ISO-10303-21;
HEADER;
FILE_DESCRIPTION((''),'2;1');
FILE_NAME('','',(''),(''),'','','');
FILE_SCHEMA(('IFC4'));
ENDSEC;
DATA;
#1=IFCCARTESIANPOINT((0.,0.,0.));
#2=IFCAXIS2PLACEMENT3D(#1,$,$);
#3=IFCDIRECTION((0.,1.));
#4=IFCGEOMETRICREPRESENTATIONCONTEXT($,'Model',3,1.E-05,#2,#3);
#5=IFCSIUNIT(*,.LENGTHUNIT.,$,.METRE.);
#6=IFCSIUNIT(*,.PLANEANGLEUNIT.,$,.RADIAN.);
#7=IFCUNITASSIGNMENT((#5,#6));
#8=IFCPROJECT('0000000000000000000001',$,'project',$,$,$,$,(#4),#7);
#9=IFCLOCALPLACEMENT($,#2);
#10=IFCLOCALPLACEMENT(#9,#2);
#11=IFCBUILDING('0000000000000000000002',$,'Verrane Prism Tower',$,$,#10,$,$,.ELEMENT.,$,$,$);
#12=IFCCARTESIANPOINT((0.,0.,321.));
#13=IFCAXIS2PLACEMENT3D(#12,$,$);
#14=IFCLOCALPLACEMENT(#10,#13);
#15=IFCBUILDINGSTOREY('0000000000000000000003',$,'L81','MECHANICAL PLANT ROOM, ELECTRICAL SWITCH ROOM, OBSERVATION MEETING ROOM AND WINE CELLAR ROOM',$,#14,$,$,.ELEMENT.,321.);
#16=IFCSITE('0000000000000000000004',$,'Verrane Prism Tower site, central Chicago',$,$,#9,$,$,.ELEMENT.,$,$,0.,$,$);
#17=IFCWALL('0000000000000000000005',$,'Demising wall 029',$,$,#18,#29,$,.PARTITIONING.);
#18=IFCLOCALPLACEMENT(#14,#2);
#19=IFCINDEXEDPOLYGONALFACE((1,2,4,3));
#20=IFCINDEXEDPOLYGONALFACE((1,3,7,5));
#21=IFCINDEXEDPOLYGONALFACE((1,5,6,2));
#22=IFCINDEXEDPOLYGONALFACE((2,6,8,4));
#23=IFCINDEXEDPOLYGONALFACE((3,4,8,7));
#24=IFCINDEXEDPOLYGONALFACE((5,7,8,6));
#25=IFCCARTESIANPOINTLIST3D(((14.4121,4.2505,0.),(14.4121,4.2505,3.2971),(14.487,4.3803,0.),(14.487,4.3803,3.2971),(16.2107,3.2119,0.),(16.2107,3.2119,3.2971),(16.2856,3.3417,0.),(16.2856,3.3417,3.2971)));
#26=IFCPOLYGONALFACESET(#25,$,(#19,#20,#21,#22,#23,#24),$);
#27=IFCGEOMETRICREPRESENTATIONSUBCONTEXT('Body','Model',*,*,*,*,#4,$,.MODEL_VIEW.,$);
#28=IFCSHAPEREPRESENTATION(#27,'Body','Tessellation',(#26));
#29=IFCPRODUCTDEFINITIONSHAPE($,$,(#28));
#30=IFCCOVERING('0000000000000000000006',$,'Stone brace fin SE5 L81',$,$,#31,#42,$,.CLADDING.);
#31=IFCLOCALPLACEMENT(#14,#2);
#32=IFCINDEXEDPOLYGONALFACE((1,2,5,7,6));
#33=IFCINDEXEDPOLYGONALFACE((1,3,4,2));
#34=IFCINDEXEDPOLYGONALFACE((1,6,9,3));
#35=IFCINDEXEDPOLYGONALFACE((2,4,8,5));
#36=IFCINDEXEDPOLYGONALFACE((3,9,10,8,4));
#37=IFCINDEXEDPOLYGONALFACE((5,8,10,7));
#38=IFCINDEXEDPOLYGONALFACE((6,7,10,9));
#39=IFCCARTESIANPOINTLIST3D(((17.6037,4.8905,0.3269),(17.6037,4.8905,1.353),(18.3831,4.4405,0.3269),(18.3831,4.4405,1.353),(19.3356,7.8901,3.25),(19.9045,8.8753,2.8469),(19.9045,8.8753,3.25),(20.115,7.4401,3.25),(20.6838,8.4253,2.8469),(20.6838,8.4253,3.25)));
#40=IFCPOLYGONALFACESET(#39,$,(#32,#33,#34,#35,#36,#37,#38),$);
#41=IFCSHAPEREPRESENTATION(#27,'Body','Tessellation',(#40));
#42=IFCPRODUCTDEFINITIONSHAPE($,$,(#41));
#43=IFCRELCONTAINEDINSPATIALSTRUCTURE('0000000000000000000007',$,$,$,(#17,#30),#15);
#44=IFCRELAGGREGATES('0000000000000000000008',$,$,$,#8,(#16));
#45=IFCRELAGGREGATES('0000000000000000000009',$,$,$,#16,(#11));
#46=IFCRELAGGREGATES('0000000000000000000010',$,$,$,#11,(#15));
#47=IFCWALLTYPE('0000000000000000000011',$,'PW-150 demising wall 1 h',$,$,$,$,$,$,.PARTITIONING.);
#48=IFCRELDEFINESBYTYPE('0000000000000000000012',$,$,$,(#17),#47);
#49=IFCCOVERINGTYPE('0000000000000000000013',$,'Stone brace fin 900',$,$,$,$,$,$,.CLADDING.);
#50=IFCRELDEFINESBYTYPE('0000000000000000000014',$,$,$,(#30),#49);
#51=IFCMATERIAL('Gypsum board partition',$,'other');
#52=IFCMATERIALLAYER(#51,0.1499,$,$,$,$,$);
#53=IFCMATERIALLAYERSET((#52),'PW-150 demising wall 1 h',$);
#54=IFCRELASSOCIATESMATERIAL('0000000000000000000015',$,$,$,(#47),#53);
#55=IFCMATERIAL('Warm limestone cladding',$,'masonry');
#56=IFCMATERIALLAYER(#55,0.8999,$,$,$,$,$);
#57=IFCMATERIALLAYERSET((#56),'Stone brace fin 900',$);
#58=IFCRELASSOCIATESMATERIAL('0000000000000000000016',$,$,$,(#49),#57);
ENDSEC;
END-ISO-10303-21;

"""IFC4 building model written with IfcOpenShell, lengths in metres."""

from ifc_helpers import new_model, si_unit, direction, frame, frame_2d, origin, place, context, subcontext, project, spatial, polyline, rectangle, outline, extrude, material, layer, layer_set, type_object, element, save


model = new_model("IFC4")

# Units and contexts
model_context = context("Model", 3, precision=1e-05, world=origin(), true_north=direction((0.0, 1.0)))
body_context = subcontext(model_context, "Body", "Model", "MODEL_VIEW")
ifc_project = project(units=[si_unit("LENGTHUNIT", "METRE"), si_unit("PLANEANGLEUNIT", "RADIAN")], contexts=[model_context])

# Site, building, storey
site_placement = place(None, origin())
site = spatial("IfcSite", under=ifc_project, at=site_placement, Name="Verrane Prism Tower site, central Chicago", CompositionType="ELEMENT", RefElevation=0.0)
building_placement = place(site_placement, origin())
building = spatial("IfcBuilding", under=site, at=building_placement, Name="Verrane Prism Tower", CompositionType="ELEMENT")
storey_placement = place(building_placement, frame((0.0, 0.0, 321.0)))
storey = spatial("IfcBuildingStorey", under=building, at=storey_placement, Name="L81", Description="MECHANICAL PLANT ROOM, ELECTRICAL SWITCH ROOM, OBSERVATION MEETING ROOM AND WINE CELLAR ROOM", CompositionType="ELEMENT", Elevation=321.0)

# Wall
ifc_material_1 = material(Name="Gypsum board partition", Category="other")
ifc_layer_1 = layer(ifc_material_1, 0.1499)
ifc_layer_set_1 = layer_set([ifc_layer_1], Name="PW-150 demising wall 1 h")
wall_type_1 = type_object("IfcWallType", Name="PW-150 demising wall 1 h", PredefinedType="PARTITIONING", material=ifc_layer_set_1)
wall_1_placement = place(storey_placement, frame((14.4495, 4.3154, 0.0), z_axis=(0.0, 0.0, 1.0), x_axis=(0.865992, -0.500058, 0.0)))
element("IfcWall", 1, at=wall_1_placement, inside=storey, type_object=wall_type_1, Name="Demising wall 029", PredefinedType="PARTITIONING", context=body_context, shape_type="SweptSolid", body=[
    extrude(rectangle(XDim=2.0769, YDim=0.1499, at=frame_2d((1.0386, 0.0))), origin(), (0.0, 0.0, 1.0), 3.2971),
])

# Covering
ifc_material_2 = material(Name="Warm limestone cladding", Category="masonry")
ifc_layer_2 = layer(ifc_material_2, 0.8999)
ifc_layer_set_2 = layer_set([ifc_layer_2], Name="Stone brace fin 900")
covering_type = type_object("IfcCoveringType", Name="Stone brace fin 900", PredefinedType="CLADDING", material=ifc_layer_set_2)
covering_placement = place(storey_placement, frame((17.9934, 4.6655, 0.3269), z_axis=(0.0, 0.0, 1.0), x_axis=(0.500019, 0.866014, 0.0)))
element("IfcCovering", 2, at=covering_placement, inside=storey, type_object=covering_type, Name="Stone brace fin SE5 L81", PredefinedType="CLADDING", context=body_context, shape_type="SweptSolid", body=[
    extrude(outline(polyline([(4.6013, 2.9231), (3.4636, 2.9231), (0.0, 1.0261), (0.0, 0.0), (4.6013, 2.52), (4.6013, 2.9231)])), frame((0.0, 0.45, 0.0), z_axis=(0.0, -1.0, 0.0), x_axis=(1.0, 0.0, 0.0)), (0.0, 0.0, 1.0), 0.8999),
])

save(model, "model.ifc")
